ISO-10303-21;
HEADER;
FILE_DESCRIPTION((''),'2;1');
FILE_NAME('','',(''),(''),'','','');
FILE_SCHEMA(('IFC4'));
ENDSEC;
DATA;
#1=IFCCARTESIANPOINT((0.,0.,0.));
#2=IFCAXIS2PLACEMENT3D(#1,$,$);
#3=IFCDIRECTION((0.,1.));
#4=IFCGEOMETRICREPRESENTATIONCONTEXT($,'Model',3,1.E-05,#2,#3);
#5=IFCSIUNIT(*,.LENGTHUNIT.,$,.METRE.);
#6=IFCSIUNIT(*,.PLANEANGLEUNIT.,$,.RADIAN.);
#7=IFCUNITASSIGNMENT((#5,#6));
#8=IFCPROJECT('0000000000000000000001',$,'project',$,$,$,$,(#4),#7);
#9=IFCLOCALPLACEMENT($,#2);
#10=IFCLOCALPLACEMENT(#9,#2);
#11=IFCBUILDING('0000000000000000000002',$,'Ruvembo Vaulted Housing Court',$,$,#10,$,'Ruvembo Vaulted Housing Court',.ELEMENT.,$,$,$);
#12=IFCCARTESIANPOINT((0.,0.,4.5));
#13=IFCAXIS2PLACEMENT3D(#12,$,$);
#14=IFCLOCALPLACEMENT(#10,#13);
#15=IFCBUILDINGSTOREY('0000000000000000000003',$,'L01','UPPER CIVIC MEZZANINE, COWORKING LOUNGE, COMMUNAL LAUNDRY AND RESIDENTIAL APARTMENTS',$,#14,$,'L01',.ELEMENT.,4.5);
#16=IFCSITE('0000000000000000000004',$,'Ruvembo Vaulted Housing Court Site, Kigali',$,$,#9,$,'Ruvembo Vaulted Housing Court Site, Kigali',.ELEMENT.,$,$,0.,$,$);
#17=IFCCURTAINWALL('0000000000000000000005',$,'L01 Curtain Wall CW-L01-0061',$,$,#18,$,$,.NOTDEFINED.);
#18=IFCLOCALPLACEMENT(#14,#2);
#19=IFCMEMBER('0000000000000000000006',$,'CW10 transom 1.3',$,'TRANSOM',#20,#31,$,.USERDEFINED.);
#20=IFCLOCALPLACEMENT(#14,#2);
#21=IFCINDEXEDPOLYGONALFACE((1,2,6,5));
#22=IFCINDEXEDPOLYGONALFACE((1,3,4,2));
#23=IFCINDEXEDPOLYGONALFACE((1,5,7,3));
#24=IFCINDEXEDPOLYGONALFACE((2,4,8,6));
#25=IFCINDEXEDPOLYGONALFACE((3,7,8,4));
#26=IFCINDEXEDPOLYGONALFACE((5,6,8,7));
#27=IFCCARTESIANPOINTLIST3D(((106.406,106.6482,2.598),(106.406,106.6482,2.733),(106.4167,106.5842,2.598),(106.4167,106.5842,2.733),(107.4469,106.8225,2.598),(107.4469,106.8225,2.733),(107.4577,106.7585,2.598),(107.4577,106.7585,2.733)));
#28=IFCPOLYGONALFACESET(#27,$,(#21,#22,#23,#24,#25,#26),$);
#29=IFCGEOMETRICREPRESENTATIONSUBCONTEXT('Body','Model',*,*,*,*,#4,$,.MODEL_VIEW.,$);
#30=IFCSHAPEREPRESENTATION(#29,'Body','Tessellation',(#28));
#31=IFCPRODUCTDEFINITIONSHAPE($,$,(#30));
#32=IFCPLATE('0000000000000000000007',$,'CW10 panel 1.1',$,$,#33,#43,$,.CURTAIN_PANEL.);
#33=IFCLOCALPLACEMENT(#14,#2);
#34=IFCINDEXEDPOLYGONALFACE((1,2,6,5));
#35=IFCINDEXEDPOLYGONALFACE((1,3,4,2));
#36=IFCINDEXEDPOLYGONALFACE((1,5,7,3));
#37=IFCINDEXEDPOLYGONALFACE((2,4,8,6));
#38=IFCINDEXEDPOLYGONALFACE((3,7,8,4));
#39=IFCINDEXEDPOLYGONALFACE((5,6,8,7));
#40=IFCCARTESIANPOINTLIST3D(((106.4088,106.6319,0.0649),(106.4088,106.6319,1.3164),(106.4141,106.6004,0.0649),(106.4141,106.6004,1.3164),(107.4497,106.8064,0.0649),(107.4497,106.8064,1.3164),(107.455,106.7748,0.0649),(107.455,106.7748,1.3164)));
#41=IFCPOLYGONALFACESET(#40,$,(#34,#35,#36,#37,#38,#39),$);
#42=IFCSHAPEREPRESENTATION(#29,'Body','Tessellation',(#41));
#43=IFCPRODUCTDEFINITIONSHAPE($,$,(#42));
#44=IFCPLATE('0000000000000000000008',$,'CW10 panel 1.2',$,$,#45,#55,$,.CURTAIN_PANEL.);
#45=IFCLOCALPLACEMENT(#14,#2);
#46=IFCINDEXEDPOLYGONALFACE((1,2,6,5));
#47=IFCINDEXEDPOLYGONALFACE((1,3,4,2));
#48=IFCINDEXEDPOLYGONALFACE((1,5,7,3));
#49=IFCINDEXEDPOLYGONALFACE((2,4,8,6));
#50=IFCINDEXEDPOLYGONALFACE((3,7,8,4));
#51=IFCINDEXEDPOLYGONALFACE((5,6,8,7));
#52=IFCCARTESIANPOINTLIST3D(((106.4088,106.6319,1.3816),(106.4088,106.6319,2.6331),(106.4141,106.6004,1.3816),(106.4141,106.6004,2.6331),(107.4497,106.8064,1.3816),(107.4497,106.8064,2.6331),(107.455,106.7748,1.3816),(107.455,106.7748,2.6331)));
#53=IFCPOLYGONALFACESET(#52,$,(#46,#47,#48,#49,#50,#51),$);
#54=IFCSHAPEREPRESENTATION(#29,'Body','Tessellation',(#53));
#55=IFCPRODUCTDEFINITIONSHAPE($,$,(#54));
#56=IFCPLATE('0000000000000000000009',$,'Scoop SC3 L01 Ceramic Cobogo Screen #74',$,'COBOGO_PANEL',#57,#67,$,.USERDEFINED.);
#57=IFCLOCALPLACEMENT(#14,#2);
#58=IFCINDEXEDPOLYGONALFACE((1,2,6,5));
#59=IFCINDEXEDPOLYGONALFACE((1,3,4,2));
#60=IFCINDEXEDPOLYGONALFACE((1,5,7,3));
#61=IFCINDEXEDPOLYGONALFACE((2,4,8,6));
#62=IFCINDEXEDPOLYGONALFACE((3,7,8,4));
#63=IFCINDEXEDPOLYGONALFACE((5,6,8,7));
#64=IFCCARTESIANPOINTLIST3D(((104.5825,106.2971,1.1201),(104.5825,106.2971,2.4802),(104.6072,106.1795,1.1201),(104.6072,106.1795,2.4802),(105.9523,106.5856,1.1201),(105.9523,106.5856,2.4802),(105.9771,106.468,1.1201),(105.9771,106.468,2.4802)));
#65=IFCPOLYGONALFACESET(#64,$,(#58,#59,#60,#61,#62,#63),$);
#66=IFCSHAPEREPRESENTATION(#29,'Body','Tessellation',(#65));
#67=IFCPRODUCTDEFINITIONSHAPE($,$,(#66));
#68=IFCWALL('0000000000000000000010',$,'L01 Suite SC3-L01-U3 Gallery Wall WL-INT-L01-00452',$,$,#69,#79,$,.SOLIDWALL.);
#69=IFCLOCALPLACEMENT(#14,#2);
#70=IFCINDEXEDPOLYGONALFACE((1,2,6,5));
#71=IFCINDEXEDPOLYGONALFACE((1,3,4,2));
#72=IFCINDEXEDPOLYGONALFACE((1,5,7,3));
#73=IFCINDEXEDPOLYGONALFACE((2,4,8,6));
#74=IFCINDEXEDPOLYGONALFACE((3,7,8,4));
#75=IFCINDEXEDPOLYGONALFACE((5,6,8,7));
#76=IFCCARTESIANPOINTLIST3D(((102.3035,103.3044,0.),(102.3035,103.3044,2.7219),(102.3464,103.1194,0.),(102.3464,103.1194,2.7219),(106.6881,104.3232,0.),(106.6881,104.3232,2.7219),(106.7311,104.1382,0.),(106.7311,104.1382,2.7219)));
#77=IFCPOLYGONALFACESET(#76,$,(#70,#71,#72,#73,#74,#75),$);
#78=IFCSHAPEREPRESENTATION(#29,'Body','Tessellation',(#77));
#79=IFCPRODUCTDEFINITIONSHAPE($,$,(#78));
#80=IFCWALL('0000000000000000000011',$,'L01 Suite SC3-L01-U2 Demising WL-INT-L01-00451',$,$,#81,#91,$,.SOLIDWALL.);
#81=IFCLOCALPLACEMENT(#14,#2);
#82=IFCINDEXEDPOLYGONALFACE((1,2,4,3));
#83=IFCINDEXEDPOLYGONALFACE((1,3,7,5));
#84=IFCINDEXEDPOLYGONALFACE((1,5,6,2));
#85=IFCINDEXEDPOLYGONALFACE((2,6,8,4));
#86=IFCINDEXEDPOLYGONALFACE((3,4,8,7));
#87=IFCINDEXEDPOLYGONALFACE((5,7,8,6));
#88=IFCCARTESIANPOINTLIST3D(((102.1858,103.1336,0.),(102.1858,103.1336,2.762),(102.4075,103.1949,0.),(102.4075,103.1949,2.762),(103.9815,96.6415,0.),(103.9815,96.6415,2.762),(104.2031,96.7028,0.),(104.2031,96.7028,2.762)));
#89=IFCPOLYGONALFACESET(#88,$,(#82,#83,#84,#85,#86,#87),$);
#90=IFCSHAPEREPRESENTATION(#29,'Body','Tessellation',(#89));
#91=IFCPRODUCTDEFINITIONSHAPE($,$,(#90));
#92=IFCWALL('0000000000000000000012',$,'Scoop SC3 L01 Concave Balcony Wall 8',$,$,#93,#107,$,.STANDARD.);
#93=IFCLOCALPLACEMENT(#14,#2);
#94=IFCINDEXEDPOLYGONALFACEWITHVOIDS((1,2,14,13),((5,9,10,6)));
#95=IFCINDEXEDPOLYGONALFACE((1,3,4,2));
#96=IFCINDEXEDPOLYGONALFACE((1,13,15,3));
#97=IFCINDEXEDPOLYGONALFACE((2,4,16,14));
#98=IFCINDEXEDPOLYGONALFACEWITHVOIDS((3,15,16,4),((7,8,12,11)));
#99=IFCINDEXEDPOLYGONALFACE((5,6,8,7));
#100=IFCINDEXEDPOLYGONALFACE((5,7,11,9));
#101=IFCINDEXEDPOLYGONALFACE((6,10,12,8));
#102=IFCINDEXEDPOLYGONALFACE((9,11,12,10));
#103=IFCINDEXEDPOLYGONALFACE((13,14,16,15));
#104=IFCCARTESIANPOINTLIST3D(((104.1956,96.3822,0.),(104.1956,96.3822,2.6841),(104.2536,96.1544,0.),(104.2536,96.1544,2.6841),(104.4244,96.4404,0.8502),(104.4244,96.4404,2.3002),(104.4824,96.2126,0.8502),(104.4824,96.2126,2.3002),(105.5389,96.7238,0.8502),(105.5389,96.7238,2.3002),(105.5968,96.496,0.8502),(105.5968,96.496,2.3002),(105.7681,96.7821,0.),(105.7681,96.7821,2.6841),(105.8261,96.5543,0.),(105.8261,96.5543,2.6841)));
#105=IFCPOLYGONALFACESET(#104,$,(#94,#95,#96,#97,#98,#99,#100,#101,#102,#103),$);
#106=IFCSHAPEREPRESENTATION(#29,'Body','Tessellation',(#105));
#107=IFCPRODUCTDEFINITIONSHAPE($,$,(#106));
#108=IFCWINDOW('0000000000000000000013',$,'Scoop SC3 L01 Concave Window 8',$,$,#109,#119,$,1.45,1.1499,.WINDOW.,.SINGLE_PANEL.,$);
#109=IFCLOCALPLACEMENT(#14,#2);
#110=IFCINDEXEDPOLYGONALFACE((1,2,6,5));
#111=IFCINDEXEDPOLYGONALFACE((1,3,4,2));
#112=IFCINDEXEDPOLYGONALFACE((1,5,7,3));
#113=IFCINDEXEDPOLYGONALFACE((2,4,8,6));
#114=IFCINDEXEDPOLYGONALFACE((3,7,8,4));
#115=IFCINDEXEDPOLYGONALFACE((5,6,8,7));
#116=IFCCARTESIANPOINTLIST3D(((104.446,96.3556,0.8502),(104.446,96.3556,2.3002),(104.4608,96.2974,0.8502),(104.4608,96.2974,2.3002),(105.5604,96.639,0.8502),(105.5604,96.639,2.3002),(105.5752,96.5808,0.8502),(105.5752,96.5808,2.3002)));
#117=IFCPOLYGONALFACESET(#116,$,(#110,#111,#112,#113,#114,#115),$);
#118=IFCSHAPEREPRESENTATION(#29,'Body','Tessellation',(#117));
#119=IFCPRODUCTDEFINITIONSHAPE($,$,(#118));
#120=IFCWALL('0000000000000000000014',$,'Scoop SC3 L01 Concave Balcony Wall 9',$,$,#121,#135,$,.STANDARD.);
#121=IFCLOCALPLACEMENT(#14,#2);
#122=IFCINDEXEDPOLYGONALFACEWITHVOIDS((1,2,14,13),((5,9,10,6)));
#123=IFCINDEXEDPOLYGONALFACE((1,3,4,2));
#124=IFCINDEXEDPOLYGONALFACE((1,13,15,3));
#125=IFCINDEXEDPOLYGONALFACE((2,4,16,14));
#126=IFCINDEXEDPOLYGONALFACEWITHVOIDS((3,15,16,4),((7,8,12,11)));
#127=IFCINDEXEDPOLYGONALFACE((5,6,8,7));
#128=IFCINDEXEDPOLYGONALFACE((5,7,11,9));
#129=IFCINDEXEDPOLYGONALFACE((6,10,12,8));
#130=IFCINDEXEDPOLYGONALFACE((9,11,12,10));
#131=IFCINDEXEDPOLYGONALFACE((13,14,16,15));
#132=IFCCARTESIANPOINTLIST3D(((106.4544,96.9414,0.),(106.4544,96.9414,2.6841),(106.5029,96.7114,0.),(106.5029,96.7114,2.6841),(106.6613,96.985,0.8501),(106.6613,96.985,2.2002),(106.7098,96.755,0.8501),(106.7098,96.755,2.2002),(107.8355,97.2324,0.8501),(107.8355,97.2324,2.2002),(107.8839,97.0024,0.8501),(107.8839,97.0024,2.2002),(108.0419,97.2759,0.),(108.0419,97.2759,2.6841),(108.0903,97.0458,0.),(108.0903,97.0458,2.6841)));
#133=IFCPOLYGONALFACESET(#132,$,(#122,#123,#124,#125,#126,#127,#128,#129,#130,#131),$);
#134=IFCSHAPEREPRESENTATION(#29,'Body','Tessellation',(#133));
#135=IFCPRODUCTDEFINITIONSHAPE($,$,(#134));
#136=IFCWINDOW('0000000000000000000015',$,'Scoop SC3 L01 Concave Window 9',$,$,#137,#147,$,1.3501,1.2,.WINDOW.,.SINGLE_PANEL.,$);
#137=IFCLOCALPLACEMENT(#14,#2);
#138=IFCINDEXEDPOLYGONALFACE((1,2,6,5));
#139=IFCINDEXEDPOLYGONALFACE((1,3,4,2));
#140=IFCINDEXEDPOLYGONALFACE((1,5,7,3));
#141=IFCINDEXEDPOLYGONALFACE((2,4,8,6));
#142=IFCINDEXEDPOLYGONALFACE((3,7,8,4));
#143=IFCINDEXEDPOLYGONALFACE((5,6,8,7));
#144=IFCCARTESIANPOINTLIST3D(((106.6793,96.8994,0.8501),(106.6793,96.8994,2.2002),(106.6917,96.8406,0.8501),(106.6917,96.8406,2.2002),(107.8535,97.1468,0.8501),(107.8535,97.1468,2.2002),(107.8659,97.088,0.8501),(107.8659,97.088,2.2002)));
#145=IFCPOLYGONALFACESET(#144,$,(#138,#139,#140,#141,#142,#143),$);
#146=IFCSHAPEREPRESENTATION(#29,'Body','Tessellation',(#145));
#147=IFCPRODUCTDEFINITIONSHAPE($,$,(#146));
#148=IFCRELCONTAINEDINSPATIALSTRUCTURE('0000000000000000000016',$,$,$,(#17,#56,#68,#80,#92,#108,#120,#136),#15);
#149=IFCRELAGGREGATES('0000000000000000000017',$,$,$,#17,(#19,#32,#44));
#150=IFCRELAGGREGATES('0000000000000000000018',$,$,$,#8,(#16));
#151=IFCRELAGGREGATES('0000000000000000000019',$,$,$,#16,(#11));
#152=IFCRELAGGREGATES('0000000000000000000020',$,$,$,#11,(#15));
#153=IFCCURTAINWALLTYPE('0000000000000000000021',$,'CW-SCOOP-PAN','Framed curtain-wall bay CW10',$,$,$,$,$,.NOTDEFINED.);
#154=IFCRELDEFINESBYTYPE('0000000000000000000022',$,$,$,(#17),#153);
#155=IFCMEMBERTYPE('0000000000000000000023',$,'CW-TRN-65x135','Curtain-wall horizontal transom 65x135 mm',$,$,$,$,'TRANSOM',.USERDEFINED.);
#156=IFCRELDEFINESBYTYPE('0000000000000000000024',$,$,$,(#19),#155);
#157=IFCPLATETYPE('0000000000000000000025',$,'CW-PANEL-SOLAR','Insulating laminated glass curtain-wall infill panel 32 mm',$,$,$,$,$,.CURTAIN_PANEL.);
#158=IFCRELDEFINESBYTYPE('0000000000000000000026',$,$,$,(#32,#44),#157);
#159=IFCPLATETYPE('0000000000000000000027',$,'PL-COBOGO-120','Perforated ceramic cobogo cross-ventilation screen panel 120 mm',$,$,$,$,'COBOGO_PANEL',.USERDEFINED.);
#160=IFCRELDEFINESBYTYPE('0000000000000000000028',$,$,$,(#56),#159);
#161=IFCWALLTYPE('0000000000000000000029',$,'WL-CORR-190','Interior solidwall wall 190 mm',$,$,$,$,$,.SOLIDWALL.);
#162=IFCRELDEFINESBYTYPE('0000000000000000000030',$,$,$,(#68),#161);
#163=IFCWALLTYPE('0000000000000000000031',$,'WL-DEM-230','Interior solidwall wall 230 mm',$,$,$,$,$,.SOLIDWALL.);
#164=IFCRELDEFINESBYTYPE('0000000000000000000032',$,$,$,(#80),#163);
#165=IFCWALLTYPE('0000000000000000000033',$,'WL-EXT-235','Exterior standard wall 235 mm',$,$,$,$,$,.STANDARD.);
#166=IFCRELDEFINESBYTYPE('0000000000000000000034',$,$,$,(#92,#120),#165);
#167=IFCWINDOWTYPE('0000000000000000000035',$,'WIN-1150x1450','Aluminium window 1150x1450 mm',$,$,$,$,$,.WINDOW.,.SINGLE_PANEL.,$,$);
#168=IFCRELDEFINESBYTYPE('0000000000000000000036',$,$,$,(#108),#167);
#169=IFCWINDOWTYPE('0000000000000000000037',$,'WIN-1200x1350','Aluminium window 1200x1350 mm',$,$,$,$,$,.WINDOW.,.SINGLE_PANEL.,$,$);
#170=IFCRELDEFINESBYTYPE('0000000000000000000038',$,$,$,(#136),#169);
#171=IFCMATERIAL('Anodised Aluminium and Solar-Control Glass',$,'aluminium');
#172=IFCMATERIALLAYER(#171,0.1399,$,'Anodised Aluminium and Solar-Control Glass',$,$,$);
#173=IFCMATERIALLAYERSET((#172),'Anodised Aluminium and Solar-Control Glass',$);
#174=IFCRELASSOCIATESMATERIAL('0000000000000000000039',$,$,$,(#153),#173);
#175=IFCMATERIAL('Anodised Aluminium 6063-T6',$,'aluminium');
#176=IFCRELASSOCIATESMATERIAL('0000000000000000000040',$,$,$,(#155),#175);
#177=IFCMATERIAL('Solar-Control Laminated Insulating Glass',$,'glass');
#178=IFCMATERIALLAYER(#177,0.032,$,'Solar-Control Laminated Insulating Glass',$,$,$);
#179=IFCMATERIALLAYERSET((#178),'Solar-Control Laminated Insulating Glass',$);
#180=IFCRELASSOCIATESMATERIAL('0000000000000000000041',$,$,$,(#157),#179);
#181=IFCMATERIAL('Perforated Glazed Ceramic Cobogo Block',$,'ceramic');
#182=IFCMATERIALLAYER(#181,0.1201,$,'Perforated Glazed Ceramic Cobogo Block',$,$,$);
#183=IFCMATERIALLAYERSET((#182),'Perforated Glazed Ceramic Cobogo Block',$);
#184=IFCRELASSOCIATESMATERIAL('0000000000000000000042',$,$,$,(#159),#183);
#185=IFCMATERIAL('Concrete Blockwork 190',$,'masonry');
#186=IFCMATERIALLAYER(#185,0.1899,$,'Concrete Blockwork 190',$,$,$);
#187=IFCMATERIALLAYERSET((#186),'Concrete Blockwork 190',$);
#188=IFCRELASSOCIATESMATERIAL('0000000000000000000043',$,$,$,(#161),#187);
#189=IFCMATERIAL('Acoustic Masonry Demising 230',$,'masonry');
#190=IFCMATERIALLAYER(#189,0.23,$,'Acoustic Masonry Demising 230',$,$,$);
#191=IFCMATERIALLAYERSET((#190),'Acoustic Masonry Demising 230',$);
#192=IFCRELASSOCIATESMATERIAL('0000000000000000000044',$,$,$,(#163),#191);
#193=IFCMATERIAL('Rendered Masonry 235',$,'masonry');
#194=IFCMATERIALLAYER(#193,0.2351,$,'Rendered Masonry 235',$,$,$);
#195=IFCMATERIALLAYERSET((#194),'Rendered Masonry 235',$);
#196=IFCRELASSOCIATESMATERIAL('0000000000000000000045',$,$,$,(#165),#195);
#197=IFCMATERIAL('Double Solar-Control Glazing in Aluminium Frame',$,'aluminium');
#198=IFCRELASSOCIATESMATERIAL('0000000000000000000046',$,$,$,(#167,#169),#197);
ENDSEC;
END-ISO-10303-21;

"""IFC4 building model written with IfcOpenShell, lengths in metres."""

from ifc_helpers import new_model, si_unit, direction, frame, frame_2d, origin, origin_2d, place, context, subcontext, project, spatial, rectangle, extrude, material, layer, layer_set, material_profile, profile_set, type_object, element, fill, aggregate, save


model = new_model("IFC4")

# Units and contexts
model_context = context("Model", 3, precision=1e-05, world=origin(), true_north=direction((0.0, 1.0)))
body_context = subcontext(model_context, "Body", "Model", "MODEL_VIEW")
ifc_project = project(units=[si_unit("LENGTHUNIT", "METRE"), si_unit("PLANEANGLEUNIT", "RADIAN")], contexts=[model_context])

# Site, building, storey
site_placement = place(None, origin())
site = spatial("IfcSite", under=ifc_project, at=site_placement, Name="Ruvembo Vaulted Housing Court Site, Kigali", LongName="Ruvembo Vaulted Housing Court Site, Kigali", CompositionType="ELEMENT", RefElevation=0.0)
building_placement = place(site_placement, origin())
building = spatial("IfcBuilding", under=site, at=building_placement, Name="Ruvembo Vaulted Housing Court", LongName="Ruvembo Vaulted Housing Court", CompositionType="ELEMENT")
storey_placement = place(building_placement, frame((0.0, 0.0, 4.5)))
storey = spatial("IfcBuildingStorey", under=building, at=storey_placement, Name="L01", Description="UPPER CIVIC MEZZANINE, COWORKING LOUNGE, COMMUNAL LAUNDRY AND RESIDENTIAL APARTMENTS", LongName="L01", CompositionType="ELEMENT", Elevation=4.5)

# Curtain wall, member, plates
ifc_material_1 = material(Name="Anodised Aluminium and Solar-Control Glass", Category="aluminium")
ifc_layer_1 = layer(ifc_material_1, 0.1399, Name="Anodised Aluminium and Solar-Control Glass")
ifc_layer_set_1 = layer_set([ifc_layer_1], Name="Anodised Aluminium and Solar-Control Glass")
curtain_wall_type = type_object("IfcCurtainWallType", Name="CW-SCOOP-PAN", Description="Framed curtain-wall bay CW10", PredefinedType="NOTDEFINED", material=ifc_layer_set_1)
curtain_wall_placement = place(storey_placement, origin())
curtain_wall = element("IfcCurtainWall", 1, at=curtain_wall_placement, inside=storey, type_object=curtain_wall_type, Name="L01 Curtain Wall CW-L01-0061", PredefinedType="NOTDEFINED")
ifc_material_2 = material(Name="Anodised Aluminium 6063-T6", Category="aluminium")
ifc_material_profile_1 = material_profile(ifc_material_2, rectangle(XDim=0.0649, YDim=0.135, at=origin_2d()), Name="ALU 65x135")
ifc_profile_set_1 = profile_set([ifc_material_profile_1], Name="Anodised Aluminium 6063-T6")
member_type_1 = type_object("IfcMemberType", Name="CW-TRN-65x135", Description="Curtain-wall horizontal transom 65x135 mm", ElementType="TRANSOM", PredefinedType="USERDEFINED", material=ifc_profile_set_1)
member_1_placement = place(storey_placement, frame((106.4114, 106.6162, 2.6655), z_axis=(0.986269, 0.165149, 0.0), x_axis=(-0.165149, 0.986269, 0.0)))
member_1 = element("IfcMember", 2, at=member_1_placement, type_object=member_type_1, Name="CW10 transom 1.3", ObjectType="TRANSOM", PredefinedType="USERDEFINED", context=body_context, shape_type="SweptSolid", body=[
    extrude(rectangle(XDim=0.0649, YDim=0.135, at=origin_2d()), origin(), (0.0, 0.0, 1.0), 1.0554),
])
ifc_material_3 = material(Name="Solar-Control Laminated Insulating Glass", Category="glass")
ifc_layer_2 = layer(ifc_material_3, 0.032, Name="Solar-Control Laminated Insulating Glass")
ifc_layer_set_2 = layer_set([ifc_layer_2], Name="Solar-Control Laminated Insulating Glass")
plate_type_1 = type_object("IfcPlateType", Name="CW-PANEL-SOLAR", Description="Insulating laminated glass curtain-wall infill panel 32 mm", PredefinedType="CURTAIN_PANEL", material=ifc_layer_set_2)
plate_1_placement = place(storey_placement, frame((106.9319, 106.7034, 0.0649), z_axis=(0.0, 0.0, 1.0), x_axis=(0.98625, 0.165263, 0.0)))
plate_1 = element("IfcPlate", 3, at=plate_1_placement, type_object=plate_type_1, Name="CW10 panel 1.1", PredefinedType="CURTAIN_PANEL", context=body_context, shape_type="SweptSolid", body=[
    extrude(rectangle(XDim=1.0554, YDim=0.032, at=origin_2d()), origin(), (0.0, 0.0, 1.0), 1.2515),
])
plate_2_placement = place(storey_placement, frame((106.9319, 106.7034, 1.3816), z_axis=(0.0, 0.0, 1.0), x_axis=(0.98625, 0.165263, 0.0)))
plate_2 = element("IfcPlate", 4, at=plate_2_placement, type_object=plate_type_1, Name="CW10 panel 1.2", PredefinedType="CURTAIN_PANEL", context=body_context, shape_type="SweptSolid", body=[
    extrude(rectangle(XDim=1.0554, YDim=0.032, at=origin_2d()), origin(), (0.0, 0.0, 1.0), 1.2515),
])
aggregate(curtain_wall, [member_1, plate_1, plate_2])

# Plate
ifc_material_4 = material(Name="Perforated Glazed Ceramic Cobogo Block", Category="ceramic")
ifc_layer_3 = layer(ifc_material_4, 0.1201, Name="Perforated Glazed Ceramic Cobogo Block")
ifc_layer_set_3 = layer_set([ifc_layer_3], Name="Perforated Glazed Ceramic Cobogo Block")
plate_type_2 = type_object("IfcPlateType", Name="PL-COBOGO-120", Description="Perforated ceramic cobogo cross-ventilation screen panel 120 mm", ElementType="COBOGO_PANEL", PredefinedType="USERDEFINED", material=ifc_layer_set_3)
plate_3_placement = place(storey_placement, frame((105.2798, 106.3826, 1.1201), z_axis=(0.0, 0.0, 1.0), x_axis=(0.978534, 0.206085, 0.0)))
element("IfcPlate", 5, at=plate_3_placement, inside=storey, type_object=plate_type_2, Name="Scoop SC3 L01 Ceramic Cobogo Screen #74", ObjectType="COBOGO_PANEL", PredefinedType="USERDEFINED", context=body_context, shape_type="SweptSolid", body=[
    extrude(rectangle(XDim=1.3999, YDim=0.1201, at=origin_2d()), origin(), (0.0, 0.0, 1.0), 1.3601),
])

# Wall
ifc_material_5 = material(Name="Concrete Blockwork 190", Category="masonry")
ifc_layer_4 = layer(ifc_material_5, 0.1899, Name="Concrete Blockwork 190")
ifc_layer_set_4 = layer_set([ifc_layer_4], Name="Concrete Blockwork 190")
wall_type_1 = type_object("IfcWallType", Name="WL-CORR-190", Description="Interior solidwall wall 190 mm", PredefinedType="SOLIDWALL", material=ifc_layer_set_4)
wall_1_placement = place(storey_placement, frame((102.325, 103.2119, 0.0), z_axis=(0.0, 0.0, 1.0), x_axis=(0.974053, 0.226321, 0.0)))
element("IfcWall", 6, at=wall_1_placement, inside=storey, type_object=wall_type_1, Name="L01 Suite SC3-L01-U3 Gallery Wall WL-INT-L01-00452", PredefinedType="SOLIDWALL", context=body_context, shape_type="SweptSolid", body=[
    extrude(rectangle(XDim=4.5015, YDim=0.1899, at=frame_2d((2.2507, 0.0))), origin(), (0.0, 0.0, 1.0), 2.7219),
])

# Wall
ifc_material_6 = material(Name="Acoustic Masonry Demising 230", Category="masonry")
ifc_layer_5 = layer(ifc_material_6, 0.23, Name="Acoustic Masonry Demising 230")
ifc_layer_set_5 = layer_set([ifc_layer_5], Name="Acoustic Masonry Demising 230")
wall_type_2 = type_object("IfcWallType", Name="WL-DEM-230", Description="Interior solidwall wall 230 mm", PredefinedType="SOLIDWALL", material=ifc_layer_set_5)
wall_2_placement = place(storey_placement, frame((104.0923, 96.6721, 0.0), z_axis=(0.0, 0.0, 1.0), x_axis=(-0.266578, 0.963813, 0.0)))
element("IfcWall", 7, at=wall_2_placement, inside=storey, type_object=wall_type_2, Name="L01 Suite SC3-L01-U2 Demising WL-INT-L01-00451", PredefinedType="SOLIDWALL", context=body_context, shape_type="SweptSolid", body=[
    extrude(rectangle(XDim=6.7358, YDim=0.23, at=frame_2d((3.3679, 0.0))), origin(), (0.0, 0.0, 1.0), 2.762),
])

# Shared definitions
ifc_material_7 = material(Name="Rendered Masonry 235", Category="masonry")
ifc_layer_6 = layer(ifc_material_7, 0.2351, Name="Rendered Masonry 235")
ifc_layer_set_6 = layer_set([ifc_layer_6], Name="Rendered Masonry 235")
wall_type_3 = type_object("IfcWallType", Name="WL-EXT-235", Description="Exterior standard wall 235 mm", PredefinedType="STANDARD", material=ifc_layer_set_6)

# Walls, openings, windows
wall_3_placement = place(storey_placement, frame((104.2246, 96.2683, 0.0), z_axis=(0.0, 0.0, 1.0), x_axis=(0.969152, 0.246463, 0.0)))
wall_3 = element("IfcWall", 8, at=wall_3_placement, inside=storey, type_object=wall_type_3, Name="Scoop SC3 L01 Concave Balcony Wall 8", PredefinedType="STANDARD", context=body_context, shape_type="SweptSolid", body=[
    extrude(rectangle(XDim=1.6226, YDim=0.2351, at=frame_2d((0.8113, 0.0))), origin(), (0.0, 0.0, 1.0), 2.6841),
])
opening_1_placement = place(wall_3_placement, frame((0.2361, 0.0, 0.8501)))
opening_1 = element("IfcOpeningElement", 9, at=opening_1_placement, cuts=wall_3, PredefinedType="OPENING", context=body_context, shape_type="SweptSolid", body=[
    extrude(rectangle(XDim=1.1499, YDim=1.45, at=frame_2d((0.575, 0.7251))), frame((0.0, 0.1274, 0.0), z_axis=(0.0, -1.0, 0.0), x_axis=(1.0, 0.0, 0.0)), (0.0, 0.0, 1.0), 0.2551),
])
ifc_material_8 = material(Name="Double Solar-Control Glazing in Aluminium Frame", Category="aluminium")
window_type_1 = type_object("IfcWindowType", Name="WIN-1150x1450", Description="Aluminium window 1150x1450 mm", PartitioningType="SINGLE_PANEL", PredefinedType="WINDOW", material=ifc_material_8)
window_1_placement = place(opening_1_placement, origin())
window_1 = element("IfcWindow", 10, at=window_1_placement, inside=storey, type_object=window_type_1, Name="Scoop SC3 L01 Concave Window 8", OverallHeight=1.45, OverallWidth=1.1499, PartitioningType="SINGLE_PANEL", PredefinedType="WINDOW", context=body_context, shape_type="SweptSolid", body=[
    extrude(rectangle(XDim=1.1499, YDim=1.45, at=frame_2d((0.575, 0.7251))), frame((0.0, 0.03, 0.0), z_axis=(0.0, -1.0, 0.0), x_axis=(1.0, 0.0, 0.0)), (0.0, 0.0, 1.0), 0.0601),
])
fill(opening_1, window_1)
wall_4_placement = place(storey_placement, frame((106.4788, 96.8264, 0.0), z_axis=(0.0, 0.0, 1.0), x_axis=(0.978515, 0.206177, 0.0)))
wall_4 = element("IfcWall", 11, at=wall_4_placement, inside=storey, type_object=wall_type_3, Name="Scoop SC3 L01 Concave Balcony Wall 9", PredefinedType="STANDARD", context=body_context, shape_type="SweptSolid", body=[
    extrude(rectangle(XDim=1.6223, YDim=0.2351, at=frame_2d((0.811, 0.0))), origin(), (0.0, 0.0, 1.0), 2.6841),
])
opening_2_placement = place(wall_4_placement, frame((0.2112, 0.0, 0.8501)))
opening_2 = element("IfcOpeningElement", 12, at=opening_2_placement, cuts=wall_4, PredefinedType="OPENING", context=body_context, shape_type="SweptSolid", body=[
    extrude(rectangle(XDim=1.2, YDim=1.3501, at=frame_2d((0.6001, 0.675))), frame((0.0, 0.1274, 0.0), z_axis=(0.0, -1.0, 0.0), x_axis=(1.0, 0.0, 0.0)), (0.0, 0.0, 1.0), 0.2551),
])
window_type_2 = type_object("IfcWindowType", Name="WIN-1200x1350", Description="Aluminium window 1200x1350 mm", PartitioningType="SINGLE_PANEL", PredefinedType="WINDOW", material=ifc_material_8)
window_2_placement = place(opening_2_placement, origin())
window_2 = element("IfcWindow", 13, at=window_2_placement, inside=storey, type_object=window_type_2, Name="Scoop SC3 L01 Concave Window 9", OverallHeight=1.3501, OverallWidth=1.2, PartitioningType="SINGLE_PANEL", PredefinedType="WINDOW", context=body_context, shape_type="SweptSolid", body=[
    extrude(rectangle(XDim=1.2, YDim=1.3501, at=frame_2d((0.6001, 0.675))), frame((0.0, 0.03, 0.0), z_axis=(0.0, -1.0, 0.0), x_axis=(1.0, 0.0, 0.0)), (0.0, 0.0, 1.0), 0.0601),
])
fill(opening_2, window_2)

save(model, "model.ifc")
